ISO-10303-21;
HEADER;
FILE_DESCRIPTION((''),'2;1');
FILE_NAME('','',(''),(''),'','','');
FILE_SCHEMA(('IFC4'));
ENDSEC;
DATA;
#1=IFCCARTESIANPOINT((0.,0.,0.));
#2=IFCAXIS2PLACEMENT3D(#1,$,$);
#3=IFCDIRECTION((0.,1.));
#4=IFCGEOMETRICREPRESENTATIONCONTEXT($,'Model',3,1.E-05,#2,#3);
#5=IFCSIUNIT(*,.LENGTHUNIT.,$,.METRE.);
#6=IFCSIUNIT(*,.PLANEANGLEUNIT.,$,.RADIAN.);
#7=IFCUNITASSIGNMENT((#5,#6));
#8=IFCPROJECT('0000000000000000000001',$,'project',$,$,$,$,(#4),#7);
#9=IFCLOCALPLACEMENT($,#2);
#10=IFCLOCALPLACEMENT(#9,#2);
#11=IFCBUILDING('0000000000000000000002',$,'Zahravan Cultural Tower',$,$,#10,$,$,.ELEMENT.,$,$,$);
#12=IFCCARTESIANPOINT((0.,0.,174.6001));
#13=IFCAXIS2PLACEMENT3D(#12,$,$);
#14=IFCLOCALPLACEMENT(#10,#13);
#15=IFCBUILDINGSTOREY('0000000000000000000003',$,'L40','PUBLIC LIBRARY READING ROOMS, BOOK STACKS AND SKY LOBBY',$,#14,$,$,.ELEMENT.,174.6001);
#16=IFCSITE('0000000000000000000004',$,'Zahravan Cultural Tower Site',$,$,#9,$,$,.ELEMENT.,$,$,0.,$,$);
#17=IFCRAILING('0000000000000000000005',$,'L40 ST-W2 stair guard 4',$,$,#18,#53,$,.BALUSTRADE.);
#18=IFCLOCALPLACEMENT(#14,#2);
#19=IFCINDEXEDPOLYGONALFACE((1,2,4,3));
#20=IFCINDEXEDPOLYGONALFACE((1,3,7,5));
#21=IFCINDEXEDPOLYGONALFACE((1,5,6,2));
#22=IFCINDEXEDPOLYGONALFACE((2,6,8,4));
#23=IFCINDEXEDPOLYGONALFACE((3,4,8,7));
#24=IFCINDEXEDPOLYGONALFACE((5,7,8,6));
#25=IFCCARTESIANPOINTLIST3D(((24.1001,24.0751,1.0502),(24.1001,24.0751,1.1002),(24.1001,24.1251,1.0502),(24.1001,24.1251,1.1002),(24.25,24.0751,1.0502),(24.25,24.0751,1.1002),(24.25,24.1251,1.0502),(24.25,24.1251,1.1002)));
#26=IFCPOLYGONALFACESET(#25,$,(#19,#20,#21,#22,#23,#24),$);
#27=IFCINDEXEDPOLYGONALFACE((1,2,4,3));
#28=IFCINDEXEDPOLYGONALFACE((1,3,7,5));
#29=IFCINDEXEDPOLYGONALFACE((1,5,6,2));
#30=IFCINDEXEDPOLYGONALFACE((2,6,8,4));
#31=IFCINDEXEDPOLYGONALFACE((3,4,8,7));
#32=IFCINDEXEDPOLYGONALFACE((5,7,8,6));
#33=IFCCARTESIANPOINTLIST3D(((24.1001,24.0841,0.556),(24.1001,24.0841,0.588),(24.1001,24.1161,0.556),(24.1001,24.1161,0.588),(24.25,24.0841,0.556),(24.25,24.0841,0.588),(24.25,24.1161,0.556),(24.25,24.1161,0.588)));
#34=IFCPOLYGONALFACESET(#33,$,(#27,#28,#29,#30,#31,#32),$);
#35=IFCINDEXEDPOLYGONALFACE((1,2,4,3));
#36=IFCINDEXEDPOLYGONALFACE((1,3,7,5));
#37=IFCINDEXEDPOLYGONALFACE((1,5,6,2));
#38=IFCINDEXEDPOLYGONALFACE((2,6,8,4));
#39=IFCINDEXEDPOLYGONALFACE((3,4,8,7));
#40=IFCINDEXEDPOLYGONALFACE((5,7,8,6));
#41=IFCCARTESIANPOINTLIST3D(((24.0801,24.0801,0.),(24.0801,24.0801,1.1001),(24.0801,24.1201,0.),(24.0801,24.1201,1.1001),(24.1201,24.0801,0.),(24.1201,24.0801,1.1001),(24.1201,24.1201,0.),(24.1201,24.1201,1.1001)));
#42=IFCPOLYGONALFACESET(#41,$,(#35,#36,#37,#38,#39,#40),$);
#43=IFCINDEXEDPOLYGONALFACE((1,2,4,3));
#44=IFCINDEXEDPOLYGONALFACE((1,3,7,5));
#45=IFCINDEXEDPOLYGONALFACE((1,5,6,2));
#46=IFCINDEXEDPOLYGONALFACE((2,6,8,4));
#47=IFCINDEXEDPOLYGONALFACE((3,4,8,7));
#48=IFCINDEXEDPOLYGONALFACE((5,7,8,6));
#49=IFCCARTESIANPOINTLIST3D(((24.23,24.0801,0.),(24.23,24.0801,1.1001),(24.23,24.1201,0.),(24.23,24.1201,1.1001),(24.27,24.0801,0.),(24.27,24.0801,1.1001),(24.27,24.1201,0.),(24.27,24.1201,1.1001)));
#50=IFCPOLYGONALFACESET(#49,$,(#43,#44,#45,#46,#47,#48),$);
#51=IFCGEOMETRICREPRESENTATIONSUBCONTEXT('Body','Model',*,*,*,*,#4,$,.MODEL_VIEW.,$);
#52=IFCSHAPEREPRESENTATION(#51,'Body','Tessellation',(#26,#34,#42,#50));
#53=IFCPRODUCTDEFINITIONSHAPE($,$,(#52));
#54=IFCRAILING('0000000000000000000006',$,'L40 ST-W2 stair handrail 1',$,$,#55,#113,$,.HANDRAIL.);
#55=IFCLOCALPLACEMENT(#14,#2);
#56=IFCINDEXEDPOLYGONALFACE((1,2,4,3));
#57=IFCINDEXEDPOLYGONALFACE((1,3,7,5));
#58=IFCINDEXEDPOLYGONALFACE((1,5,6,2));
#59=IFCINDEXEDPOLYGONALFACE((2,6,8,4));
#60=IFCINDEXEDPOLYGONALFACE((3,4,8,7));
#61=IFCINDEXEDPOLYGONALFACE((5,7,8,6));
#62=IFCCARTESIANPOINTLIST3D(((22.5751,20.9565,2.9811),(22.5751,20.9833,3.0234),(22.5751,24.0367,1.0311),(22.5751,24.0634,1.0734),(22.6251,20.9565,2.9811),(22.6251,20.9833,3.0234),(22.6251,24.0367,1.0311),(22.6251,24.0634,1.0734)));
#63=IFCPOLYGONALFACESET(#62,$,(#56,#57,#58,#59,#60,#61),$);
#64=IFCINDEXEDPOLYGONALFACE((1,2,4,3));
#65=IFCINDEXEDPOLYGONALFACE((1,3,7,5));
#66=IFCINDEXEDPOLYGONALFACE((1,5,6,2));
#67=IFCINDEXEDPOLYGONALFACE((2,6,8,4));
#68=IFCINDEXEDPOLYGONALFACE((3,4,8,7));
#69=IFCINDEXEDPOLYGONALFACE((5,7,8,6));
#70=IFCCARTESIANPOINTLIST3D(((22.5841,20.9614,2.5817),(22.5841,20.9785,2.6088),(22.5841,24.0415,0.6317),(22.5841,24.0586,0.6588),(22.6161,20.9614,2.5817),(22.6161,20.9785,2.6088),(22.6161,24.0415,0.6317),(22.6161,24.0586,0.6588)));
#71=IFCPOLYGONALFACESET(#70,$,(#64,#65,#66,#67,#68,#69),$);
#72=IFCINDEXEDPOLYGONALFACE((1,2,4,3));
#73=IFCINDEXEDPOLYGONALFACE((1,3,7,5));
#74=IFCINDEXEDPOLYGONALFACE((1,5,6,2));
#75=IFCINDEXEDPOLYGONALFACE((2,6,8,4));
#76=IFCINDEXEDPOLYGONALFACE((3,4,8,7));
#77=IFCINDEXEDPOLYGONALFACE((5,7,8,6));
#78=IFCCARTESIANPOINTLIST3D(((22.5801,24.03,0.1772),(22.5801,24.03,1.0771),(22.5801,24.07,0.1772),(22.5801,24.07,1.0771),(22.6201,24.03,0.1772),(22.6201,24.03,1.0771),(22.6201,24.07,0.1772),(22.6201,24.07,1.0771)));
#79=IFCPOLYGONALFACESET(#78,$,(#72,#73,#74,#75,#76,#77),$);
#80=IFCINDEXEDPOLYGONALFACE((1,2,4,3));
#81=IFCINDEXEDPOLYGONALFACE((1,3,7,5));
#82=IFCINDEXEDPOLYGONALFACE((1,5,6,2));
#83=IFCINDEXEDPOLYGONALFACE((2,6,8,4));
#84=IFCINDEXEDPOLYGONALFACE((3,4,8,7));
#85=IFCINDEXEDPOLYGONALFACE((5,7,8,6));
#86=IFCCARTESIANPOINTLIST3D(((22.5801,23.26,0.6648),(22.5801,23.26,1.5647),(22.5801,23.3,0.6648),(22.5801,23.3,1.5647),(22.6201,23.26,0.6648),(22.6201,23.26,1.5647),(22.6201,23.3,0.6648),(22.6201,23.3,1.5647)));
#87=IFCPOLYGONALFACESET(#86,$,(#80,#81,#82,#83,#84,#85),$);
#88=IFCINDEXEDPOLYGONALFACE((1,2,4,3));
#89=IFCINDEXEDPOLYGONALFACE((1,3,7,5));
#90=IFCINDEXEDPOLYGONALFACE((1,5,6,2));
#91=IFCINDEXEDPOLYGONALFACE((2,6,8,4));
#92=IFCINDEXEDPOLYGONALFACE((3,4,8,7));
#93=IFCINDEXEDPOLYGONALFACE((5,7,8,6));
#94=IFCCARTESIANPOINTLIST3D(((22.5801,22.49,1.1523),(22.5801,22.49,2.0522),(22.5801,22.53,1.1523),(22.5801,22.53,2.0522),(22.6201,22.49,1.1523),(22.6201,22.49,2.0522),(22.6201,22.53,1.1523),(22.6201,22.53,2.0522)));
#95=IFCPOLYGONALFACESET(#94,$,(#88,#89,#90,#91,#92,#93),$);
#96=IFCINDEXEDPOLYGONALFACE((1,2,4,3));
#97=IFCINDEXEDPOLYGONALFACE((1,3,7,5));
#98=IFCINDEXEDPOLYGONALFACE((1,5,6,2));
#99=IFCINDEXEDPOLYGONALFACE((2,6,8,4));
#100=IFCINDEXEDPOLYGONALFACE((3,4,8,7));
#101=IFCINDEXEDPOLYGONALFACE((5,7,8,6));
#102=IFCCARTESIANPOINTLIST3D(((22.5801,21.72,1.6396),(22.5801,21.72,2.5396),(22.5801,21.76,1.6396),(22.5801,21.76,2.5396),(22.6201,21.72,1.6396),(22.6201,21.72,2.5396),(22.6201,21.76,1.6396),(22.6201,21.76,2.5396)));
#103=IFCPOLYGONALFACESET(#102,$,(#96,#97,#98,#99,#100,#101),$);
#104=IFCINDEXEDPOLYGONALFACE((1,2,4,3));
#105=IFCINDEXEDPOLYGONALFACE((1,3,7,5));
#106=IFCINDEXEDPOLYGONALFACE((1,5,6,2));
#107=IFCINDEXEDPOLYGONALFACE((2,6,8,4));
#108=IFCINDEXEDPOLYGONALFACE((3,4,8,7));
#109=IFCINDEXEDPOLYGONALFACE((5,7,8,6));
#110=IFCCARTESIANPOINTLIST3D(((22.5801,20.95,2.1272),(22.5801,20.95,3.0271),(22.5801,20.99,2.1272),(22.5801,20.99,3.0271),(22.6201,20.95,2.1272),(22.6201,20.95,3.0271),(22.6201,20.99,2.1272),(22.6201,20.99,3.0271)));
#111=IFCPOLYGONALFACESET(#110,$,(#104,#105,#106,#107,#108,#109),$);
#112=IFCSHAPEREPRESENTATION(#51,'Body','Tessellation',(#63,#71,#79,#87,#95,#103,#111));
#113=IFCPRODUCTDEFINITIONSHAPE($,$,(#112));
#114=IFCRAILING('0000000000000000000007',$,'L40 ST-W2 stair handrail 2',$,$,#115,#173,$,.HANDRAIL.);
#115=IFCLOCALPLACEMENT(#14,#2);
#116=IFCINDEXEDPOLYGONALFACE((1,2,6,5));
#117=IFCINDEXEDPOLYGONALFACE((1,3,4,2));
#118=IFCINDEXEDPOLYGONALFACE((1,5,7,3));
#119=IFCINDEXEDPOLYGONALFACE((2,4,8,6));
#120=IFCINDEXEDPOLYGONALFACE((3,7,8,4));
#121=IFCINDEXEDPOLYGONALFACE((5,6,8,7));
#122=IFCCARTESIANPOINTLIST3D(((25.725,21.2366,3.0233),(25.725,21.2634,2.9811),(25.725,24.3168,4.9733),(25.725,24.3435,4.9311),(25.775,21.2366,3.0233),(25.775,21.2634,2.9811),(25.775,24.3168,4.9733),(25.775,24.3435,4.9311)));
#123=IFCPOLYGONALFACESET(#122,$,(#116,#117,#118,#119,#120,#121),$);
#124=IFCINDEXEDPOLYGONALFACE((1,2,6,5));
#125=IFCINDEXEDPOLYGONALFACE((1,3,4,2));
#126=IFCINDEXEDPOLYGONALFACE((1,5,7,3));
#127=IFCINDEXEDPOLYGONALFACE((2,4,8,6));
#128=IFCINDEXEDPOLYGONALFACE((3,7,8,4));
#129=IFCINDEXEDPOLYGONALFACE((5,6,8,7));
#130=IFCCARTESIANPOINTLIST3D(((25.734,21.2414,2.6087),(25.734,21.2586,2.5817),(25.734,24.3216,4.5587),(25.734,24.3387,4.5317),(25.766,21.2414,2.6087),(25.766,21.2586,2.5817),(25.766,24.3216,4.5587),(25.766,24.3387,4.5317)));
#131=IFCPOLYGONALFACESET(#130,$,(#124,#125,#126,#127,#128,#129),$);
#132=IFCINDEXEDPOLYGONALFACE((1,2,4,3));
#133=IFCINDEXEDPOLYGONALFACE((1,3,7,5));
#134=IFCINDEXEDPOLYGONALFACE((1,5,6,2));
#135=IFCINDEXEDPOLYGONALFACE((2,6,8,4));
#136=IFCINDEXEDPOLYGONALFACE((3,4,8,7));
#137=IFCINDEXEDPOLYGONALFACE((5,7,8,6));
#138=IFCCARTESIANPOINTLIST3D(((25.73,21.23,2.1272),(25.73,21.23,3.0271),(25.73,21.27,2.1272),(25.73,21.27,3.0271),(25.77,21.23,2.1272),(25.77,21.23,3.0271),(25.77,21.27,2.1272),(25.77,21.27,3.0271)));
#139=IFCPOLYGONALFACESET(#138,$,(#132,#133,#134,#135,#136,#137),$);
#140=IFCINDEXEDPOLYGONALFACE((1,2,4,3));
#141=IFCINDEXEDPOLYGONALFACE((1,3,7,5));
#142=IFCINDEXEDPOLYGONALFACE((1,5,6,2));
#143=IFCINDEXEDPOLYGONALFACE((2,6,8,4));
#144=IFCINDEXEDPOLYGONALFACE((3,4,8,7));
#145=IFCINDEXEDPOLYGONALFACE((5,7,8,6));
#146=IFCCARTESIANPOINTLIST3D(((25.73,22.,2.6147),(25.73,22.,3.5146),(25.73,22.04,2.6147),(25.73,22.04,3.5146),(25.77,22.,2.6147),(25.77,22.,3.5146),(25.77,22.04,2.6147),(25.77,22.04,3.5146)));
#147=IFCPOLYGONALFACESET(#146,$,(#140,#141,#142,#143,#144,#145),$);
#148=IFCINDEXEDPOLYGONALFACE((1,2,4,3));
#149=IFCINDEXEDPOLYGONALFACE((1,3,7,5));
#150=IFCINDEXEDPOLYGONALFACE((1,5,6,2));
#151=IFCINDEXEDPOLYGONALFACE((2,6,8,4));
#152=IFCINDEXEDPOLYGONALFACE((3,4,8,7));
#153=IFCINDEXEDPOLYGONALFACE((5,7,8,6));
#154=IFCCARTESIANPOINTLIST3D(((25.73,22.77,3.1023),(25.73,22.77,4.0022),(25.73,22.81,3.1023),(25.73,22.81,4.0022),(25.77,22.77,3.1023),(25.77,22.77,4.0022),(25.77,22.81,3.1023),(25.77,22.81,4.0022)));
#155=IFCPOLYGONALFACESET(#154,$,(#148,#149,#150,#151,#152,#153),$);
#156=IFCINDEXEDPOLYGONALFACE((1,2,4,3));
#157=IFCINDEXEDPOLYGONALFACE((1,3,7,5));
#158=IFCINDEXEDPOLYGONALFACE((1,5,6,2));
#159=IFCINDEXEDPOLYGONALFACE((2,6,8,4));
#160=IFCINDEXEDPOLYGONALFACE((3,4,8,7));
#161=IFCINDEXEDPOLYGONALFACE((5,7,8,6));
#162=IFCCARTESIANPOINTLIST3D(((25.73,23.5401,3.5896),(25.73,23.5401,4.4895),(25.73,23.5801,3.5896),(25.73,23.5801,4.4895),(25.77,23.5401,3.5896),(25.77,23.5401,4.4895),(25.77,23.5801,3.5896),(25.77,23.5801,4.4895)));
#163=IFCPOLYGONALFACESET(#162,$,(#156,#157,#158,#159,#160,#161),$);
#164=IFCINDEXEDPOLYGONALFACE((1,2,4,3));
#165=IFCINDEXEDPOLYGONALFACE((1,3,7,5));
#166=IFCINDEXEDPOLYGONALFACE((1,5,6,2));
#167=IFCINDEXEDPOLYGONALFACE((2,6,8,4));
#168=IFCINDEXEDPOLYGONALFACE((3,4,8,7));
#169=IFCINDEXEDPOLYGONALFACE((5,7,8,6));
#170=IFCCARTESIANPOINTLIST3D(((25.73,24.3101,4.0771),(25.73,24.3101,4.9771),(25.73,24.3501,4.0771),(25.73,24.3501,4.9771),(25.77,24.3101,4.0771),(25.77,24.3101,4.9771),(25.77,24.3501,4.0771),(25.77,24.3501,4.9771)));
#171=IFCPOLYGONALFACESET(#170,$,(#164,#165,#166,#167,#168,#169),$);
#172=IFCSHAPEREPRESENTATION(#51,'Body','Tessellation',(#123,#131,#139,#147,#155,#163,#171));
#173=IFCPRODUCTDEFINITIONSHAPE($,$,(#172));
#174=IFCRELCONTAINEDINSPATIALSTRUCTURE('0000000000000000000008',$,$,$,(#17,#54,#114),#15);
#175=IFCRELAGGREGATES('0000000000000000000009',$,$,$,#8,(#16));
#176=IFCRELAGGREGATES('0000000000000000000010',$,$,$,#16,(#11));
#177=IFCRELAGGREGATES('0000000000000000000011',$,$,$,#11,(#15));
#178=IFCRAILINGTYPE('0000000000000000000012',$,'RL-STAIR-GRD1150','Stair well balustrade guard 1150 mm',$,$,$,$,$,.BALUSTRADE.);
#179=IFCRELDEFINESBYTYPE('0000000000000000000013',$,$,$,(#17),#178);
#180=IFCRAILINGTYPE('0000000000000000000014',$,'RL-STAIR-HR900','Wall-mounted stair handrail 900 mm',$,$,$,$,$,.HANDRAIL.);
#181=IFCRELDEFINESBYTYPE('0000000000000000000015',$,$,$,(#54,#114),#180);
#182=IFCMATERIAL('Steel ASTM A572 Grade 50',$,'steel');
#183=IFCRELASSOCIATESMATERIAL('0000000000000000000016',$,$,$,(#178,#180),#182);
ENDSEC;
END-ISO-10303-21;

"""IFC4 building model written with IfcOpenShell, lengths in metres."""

from ifc_helpers import new_model, si_unit, direction, frame, origin, origin_2d, place, context, subcontext, project, spatial, rectangle, extrude, material, type_object, element, save


model = new_model("IFC4")

# Units and contexts
model_context = context("Model", 3, precision=1e-05, world=origin(), true_north=direction((0.0, 1.0)))
body_context = subcontext(model_context, "Body", "Model", "MODEL_VIEW")
ifc_project = project(units=[si_unit("LENGTHUNIT", "METRE"), si_unit("PLANEANGLEUNIT", "RADIAN")], contexts=[model_context])

# Site, building, storey
site_placement = place(None, origin())
site = spatial("IfcSite", under=ifc_project, at=site_placement, Name="Zahravan Cultural Tower Site", CompositionType="ELEMENT", RefElevation=0.0)
building_placement = place(site_placement, origin())
building = spatial("IfcBuilding", under=site, at=building_placement, Name="Zahravan Cultural Tower", CompositionType="ELEMENT")
storey_placement = place(building_placement, frame((0.0, 0.0, 174.6001)))
storey = spatial("IfcBuildingStorey", under=building, at=storey_placement, Name="L40", Description="PUBLIC LIBRARY READING ROOMS, BOOK STACKS AND SKY LOBBY", CompositionType="ELEMENT", Elevation=174.6001)

# Shared definitions
ifc_material_1 = material(Name="Steel ASTM A572 Grade 50", Category="steel")

# Railings
railing_type_1 = type_object("IfcRailingType", Name="RL-STAIR-GRD1150", Description="Stair well balustrade guard 1150 mm", PredefinedType="BALUSTRADE", material=ifc_material_1)
railing_1_placement = place(storey_placement, frame((24.1001, 24.1001, 0.0)))
element("IfcRailing", 1, at=railing_1_placement, inside=storey, type_object=railing_type_1, Name="L40 ST-W2 stair guard 4", PredefinedType="BALUSTRADE", context=body_context, shape_type="SweptSolid", body=[
    extrude(rectangle(XDim=0.05, YDim=0.05, at=origin_2d()), frame((0.0, 0.0, 1.0752), z_axis=(1.0, 0.0, 0.0), x_axis=(0.0, 1.0, 0.0)), (0.0, 0.0, 1.0), 0.1499),
    extrude(rectangle(XDim=0.032, YDim=0.032, at=origin_2d()), frame((0.0, 0.0, 0.572), z_axis=(1.0, 0.0, 0.0), x_axis=(0.0, 1.0, 0.0)), (0.0, 0.0, 1.0), 0.1499),
    extrude(rectangle(XDim=0.04, YDim=0.04, at=origin_2d()), origin(), (0.0, 0.0, 1.0), 1.1001),
    extrude(rectangle(XDim=0.04, YDim=0.04, at=origin_2d()), frame((0.1499, 0.0, 0.0)), (0.0, 0.0, 1.0), 1.1001),
])
railing_type_2 = type_object("IfcRailingType", Name="RL-STAIR-HR900", Description="Wall-mounted stair handrail 900 mm", PredefinedType="HANDRAIL", material=ifc_material_1)
railing_2_placement = place(storey_placement, frame((22.6001, 24.05, 0.1772)))
element("IfcRailing", 2, at=railing_2_placement, inside=storey, type_object=railing_type_2, Name="L40 ST-W2 stair handrail 1", PredefinedType="HANDRAIL", context=body_context, shape_type="SweptSolid", body=[
    extrude(rectangle(XDim=0.05, YDim=0.05, at=origin_2d()), frame((0.0, 0.0, 0.875), z_axis=(0.0, -0.844914, 0.534902), x_axis=(1.0, 0.0, 0.0)), (0.0, 0.0, 1.0), 3.6455),
    extrude(rectangle(XDim=0.032, YDim=0.032, at=origin_2d()), frame((0.0, 0.0, 0.468), z_axis=(0.0, -0.844914, 0.534902), x_axis=(1.0, 0.0, 0.0)), (0.0, 0.0, 1.0), 3.6455),
    extrude(rectangle(XDim=0.04, YDim=0.04, at=origin_2d()), origin(), (0.0, 0.0, 1.0), 0.8999),
    extrude(rectangle(XDim=0.04, YDim=0.04, at=origin_2d()), frame((0.0, -0.77, 0.4875)), (0.0, 0.0, 1.0), 0.8999),
    extrude(rectangle(XDim=0.04, YDim=0.04, at=origin_2d()), frame((0.0, -1.54, 0.9751)), (0.0, 0.0, 1.0), 0.8999),
    extrude(rectangle(XDim=0.04, YDim=0.04, at=origin_2d()), frame((0.0, -2.3101, 1.4624)), (0.0, 0.0, 1.0), 0.8999),
    extrude(rectangle(XDim=0.04, YDim=0.04, at=origin_2d()), frame((0.0, -3.0801, 1.95)), (0.0, 0.0, 1.0), 0.8999),
])
railing_3_placement = place(storey_placement, frame((25.75, 21.25, 2.1272)))
element("IfcRailing", 3, at=railing_3_placement, inside=storey, type_object=railing_type_2, Name="L40 ST-W2 stair handrail 2", PredefinedType="HANDRAIL", context=body_context, shape_type="SweptSolid", body=[
    extrude(rectangle(XDim=0.05, YDim=0.05, at=origin_2d()), frame((0.0, 0.0, 0.875), z_axis=(0.0, 0.844914, 0.534902), x_axis=(-1.0, 0.0, 0.0)), (0.0, 0.0, 1.0), 3.6455),
    extrude(rectangle(XDim=0.032, YDim=0.032, at=origin_2d()), frame((0.0, 0.0, 0.468), z_axis=(0.0, 0.844914, 0.534902), x_axis=(-1.0, 0.0, 0.0)), (0.0, 0.0, 1.0), 3.6455),
    extrude(rectangle(XDim=0.04, YDim=0.04, at=origin_2d()), origin(), (0.0, 0.0, 1.0), 0.8999),
    extrude(rectangle(XDim=0.04, YDim=0.04, at=origin_2d()), frame((0.0, 0.77, 0.4875)), (0.0, 0.0, 1.0), 0.8999),
    extrude(rectangle(XDim=0.04, YDim=0.04, at=origin_2d()), frame((0.0, 1.54, 0.9751)), (0.0, 0.0, 1.0), 0.8999),
    extrude(rectangle(XDim=0.04, YDim=0.04, at=origin_2d()), frame((0.0, 2.3101, 1.4624)), (0.0, 0.0, 1.0), 0.8999),
    extrude(rectangle(XDim=0.04, YDim=0.04, at=origin_2d()), frame((0.0, 3.0801, 1.95)), (0.0, 0.0, 1.0), 0.8999),
])

save(model, "model.ifc")
